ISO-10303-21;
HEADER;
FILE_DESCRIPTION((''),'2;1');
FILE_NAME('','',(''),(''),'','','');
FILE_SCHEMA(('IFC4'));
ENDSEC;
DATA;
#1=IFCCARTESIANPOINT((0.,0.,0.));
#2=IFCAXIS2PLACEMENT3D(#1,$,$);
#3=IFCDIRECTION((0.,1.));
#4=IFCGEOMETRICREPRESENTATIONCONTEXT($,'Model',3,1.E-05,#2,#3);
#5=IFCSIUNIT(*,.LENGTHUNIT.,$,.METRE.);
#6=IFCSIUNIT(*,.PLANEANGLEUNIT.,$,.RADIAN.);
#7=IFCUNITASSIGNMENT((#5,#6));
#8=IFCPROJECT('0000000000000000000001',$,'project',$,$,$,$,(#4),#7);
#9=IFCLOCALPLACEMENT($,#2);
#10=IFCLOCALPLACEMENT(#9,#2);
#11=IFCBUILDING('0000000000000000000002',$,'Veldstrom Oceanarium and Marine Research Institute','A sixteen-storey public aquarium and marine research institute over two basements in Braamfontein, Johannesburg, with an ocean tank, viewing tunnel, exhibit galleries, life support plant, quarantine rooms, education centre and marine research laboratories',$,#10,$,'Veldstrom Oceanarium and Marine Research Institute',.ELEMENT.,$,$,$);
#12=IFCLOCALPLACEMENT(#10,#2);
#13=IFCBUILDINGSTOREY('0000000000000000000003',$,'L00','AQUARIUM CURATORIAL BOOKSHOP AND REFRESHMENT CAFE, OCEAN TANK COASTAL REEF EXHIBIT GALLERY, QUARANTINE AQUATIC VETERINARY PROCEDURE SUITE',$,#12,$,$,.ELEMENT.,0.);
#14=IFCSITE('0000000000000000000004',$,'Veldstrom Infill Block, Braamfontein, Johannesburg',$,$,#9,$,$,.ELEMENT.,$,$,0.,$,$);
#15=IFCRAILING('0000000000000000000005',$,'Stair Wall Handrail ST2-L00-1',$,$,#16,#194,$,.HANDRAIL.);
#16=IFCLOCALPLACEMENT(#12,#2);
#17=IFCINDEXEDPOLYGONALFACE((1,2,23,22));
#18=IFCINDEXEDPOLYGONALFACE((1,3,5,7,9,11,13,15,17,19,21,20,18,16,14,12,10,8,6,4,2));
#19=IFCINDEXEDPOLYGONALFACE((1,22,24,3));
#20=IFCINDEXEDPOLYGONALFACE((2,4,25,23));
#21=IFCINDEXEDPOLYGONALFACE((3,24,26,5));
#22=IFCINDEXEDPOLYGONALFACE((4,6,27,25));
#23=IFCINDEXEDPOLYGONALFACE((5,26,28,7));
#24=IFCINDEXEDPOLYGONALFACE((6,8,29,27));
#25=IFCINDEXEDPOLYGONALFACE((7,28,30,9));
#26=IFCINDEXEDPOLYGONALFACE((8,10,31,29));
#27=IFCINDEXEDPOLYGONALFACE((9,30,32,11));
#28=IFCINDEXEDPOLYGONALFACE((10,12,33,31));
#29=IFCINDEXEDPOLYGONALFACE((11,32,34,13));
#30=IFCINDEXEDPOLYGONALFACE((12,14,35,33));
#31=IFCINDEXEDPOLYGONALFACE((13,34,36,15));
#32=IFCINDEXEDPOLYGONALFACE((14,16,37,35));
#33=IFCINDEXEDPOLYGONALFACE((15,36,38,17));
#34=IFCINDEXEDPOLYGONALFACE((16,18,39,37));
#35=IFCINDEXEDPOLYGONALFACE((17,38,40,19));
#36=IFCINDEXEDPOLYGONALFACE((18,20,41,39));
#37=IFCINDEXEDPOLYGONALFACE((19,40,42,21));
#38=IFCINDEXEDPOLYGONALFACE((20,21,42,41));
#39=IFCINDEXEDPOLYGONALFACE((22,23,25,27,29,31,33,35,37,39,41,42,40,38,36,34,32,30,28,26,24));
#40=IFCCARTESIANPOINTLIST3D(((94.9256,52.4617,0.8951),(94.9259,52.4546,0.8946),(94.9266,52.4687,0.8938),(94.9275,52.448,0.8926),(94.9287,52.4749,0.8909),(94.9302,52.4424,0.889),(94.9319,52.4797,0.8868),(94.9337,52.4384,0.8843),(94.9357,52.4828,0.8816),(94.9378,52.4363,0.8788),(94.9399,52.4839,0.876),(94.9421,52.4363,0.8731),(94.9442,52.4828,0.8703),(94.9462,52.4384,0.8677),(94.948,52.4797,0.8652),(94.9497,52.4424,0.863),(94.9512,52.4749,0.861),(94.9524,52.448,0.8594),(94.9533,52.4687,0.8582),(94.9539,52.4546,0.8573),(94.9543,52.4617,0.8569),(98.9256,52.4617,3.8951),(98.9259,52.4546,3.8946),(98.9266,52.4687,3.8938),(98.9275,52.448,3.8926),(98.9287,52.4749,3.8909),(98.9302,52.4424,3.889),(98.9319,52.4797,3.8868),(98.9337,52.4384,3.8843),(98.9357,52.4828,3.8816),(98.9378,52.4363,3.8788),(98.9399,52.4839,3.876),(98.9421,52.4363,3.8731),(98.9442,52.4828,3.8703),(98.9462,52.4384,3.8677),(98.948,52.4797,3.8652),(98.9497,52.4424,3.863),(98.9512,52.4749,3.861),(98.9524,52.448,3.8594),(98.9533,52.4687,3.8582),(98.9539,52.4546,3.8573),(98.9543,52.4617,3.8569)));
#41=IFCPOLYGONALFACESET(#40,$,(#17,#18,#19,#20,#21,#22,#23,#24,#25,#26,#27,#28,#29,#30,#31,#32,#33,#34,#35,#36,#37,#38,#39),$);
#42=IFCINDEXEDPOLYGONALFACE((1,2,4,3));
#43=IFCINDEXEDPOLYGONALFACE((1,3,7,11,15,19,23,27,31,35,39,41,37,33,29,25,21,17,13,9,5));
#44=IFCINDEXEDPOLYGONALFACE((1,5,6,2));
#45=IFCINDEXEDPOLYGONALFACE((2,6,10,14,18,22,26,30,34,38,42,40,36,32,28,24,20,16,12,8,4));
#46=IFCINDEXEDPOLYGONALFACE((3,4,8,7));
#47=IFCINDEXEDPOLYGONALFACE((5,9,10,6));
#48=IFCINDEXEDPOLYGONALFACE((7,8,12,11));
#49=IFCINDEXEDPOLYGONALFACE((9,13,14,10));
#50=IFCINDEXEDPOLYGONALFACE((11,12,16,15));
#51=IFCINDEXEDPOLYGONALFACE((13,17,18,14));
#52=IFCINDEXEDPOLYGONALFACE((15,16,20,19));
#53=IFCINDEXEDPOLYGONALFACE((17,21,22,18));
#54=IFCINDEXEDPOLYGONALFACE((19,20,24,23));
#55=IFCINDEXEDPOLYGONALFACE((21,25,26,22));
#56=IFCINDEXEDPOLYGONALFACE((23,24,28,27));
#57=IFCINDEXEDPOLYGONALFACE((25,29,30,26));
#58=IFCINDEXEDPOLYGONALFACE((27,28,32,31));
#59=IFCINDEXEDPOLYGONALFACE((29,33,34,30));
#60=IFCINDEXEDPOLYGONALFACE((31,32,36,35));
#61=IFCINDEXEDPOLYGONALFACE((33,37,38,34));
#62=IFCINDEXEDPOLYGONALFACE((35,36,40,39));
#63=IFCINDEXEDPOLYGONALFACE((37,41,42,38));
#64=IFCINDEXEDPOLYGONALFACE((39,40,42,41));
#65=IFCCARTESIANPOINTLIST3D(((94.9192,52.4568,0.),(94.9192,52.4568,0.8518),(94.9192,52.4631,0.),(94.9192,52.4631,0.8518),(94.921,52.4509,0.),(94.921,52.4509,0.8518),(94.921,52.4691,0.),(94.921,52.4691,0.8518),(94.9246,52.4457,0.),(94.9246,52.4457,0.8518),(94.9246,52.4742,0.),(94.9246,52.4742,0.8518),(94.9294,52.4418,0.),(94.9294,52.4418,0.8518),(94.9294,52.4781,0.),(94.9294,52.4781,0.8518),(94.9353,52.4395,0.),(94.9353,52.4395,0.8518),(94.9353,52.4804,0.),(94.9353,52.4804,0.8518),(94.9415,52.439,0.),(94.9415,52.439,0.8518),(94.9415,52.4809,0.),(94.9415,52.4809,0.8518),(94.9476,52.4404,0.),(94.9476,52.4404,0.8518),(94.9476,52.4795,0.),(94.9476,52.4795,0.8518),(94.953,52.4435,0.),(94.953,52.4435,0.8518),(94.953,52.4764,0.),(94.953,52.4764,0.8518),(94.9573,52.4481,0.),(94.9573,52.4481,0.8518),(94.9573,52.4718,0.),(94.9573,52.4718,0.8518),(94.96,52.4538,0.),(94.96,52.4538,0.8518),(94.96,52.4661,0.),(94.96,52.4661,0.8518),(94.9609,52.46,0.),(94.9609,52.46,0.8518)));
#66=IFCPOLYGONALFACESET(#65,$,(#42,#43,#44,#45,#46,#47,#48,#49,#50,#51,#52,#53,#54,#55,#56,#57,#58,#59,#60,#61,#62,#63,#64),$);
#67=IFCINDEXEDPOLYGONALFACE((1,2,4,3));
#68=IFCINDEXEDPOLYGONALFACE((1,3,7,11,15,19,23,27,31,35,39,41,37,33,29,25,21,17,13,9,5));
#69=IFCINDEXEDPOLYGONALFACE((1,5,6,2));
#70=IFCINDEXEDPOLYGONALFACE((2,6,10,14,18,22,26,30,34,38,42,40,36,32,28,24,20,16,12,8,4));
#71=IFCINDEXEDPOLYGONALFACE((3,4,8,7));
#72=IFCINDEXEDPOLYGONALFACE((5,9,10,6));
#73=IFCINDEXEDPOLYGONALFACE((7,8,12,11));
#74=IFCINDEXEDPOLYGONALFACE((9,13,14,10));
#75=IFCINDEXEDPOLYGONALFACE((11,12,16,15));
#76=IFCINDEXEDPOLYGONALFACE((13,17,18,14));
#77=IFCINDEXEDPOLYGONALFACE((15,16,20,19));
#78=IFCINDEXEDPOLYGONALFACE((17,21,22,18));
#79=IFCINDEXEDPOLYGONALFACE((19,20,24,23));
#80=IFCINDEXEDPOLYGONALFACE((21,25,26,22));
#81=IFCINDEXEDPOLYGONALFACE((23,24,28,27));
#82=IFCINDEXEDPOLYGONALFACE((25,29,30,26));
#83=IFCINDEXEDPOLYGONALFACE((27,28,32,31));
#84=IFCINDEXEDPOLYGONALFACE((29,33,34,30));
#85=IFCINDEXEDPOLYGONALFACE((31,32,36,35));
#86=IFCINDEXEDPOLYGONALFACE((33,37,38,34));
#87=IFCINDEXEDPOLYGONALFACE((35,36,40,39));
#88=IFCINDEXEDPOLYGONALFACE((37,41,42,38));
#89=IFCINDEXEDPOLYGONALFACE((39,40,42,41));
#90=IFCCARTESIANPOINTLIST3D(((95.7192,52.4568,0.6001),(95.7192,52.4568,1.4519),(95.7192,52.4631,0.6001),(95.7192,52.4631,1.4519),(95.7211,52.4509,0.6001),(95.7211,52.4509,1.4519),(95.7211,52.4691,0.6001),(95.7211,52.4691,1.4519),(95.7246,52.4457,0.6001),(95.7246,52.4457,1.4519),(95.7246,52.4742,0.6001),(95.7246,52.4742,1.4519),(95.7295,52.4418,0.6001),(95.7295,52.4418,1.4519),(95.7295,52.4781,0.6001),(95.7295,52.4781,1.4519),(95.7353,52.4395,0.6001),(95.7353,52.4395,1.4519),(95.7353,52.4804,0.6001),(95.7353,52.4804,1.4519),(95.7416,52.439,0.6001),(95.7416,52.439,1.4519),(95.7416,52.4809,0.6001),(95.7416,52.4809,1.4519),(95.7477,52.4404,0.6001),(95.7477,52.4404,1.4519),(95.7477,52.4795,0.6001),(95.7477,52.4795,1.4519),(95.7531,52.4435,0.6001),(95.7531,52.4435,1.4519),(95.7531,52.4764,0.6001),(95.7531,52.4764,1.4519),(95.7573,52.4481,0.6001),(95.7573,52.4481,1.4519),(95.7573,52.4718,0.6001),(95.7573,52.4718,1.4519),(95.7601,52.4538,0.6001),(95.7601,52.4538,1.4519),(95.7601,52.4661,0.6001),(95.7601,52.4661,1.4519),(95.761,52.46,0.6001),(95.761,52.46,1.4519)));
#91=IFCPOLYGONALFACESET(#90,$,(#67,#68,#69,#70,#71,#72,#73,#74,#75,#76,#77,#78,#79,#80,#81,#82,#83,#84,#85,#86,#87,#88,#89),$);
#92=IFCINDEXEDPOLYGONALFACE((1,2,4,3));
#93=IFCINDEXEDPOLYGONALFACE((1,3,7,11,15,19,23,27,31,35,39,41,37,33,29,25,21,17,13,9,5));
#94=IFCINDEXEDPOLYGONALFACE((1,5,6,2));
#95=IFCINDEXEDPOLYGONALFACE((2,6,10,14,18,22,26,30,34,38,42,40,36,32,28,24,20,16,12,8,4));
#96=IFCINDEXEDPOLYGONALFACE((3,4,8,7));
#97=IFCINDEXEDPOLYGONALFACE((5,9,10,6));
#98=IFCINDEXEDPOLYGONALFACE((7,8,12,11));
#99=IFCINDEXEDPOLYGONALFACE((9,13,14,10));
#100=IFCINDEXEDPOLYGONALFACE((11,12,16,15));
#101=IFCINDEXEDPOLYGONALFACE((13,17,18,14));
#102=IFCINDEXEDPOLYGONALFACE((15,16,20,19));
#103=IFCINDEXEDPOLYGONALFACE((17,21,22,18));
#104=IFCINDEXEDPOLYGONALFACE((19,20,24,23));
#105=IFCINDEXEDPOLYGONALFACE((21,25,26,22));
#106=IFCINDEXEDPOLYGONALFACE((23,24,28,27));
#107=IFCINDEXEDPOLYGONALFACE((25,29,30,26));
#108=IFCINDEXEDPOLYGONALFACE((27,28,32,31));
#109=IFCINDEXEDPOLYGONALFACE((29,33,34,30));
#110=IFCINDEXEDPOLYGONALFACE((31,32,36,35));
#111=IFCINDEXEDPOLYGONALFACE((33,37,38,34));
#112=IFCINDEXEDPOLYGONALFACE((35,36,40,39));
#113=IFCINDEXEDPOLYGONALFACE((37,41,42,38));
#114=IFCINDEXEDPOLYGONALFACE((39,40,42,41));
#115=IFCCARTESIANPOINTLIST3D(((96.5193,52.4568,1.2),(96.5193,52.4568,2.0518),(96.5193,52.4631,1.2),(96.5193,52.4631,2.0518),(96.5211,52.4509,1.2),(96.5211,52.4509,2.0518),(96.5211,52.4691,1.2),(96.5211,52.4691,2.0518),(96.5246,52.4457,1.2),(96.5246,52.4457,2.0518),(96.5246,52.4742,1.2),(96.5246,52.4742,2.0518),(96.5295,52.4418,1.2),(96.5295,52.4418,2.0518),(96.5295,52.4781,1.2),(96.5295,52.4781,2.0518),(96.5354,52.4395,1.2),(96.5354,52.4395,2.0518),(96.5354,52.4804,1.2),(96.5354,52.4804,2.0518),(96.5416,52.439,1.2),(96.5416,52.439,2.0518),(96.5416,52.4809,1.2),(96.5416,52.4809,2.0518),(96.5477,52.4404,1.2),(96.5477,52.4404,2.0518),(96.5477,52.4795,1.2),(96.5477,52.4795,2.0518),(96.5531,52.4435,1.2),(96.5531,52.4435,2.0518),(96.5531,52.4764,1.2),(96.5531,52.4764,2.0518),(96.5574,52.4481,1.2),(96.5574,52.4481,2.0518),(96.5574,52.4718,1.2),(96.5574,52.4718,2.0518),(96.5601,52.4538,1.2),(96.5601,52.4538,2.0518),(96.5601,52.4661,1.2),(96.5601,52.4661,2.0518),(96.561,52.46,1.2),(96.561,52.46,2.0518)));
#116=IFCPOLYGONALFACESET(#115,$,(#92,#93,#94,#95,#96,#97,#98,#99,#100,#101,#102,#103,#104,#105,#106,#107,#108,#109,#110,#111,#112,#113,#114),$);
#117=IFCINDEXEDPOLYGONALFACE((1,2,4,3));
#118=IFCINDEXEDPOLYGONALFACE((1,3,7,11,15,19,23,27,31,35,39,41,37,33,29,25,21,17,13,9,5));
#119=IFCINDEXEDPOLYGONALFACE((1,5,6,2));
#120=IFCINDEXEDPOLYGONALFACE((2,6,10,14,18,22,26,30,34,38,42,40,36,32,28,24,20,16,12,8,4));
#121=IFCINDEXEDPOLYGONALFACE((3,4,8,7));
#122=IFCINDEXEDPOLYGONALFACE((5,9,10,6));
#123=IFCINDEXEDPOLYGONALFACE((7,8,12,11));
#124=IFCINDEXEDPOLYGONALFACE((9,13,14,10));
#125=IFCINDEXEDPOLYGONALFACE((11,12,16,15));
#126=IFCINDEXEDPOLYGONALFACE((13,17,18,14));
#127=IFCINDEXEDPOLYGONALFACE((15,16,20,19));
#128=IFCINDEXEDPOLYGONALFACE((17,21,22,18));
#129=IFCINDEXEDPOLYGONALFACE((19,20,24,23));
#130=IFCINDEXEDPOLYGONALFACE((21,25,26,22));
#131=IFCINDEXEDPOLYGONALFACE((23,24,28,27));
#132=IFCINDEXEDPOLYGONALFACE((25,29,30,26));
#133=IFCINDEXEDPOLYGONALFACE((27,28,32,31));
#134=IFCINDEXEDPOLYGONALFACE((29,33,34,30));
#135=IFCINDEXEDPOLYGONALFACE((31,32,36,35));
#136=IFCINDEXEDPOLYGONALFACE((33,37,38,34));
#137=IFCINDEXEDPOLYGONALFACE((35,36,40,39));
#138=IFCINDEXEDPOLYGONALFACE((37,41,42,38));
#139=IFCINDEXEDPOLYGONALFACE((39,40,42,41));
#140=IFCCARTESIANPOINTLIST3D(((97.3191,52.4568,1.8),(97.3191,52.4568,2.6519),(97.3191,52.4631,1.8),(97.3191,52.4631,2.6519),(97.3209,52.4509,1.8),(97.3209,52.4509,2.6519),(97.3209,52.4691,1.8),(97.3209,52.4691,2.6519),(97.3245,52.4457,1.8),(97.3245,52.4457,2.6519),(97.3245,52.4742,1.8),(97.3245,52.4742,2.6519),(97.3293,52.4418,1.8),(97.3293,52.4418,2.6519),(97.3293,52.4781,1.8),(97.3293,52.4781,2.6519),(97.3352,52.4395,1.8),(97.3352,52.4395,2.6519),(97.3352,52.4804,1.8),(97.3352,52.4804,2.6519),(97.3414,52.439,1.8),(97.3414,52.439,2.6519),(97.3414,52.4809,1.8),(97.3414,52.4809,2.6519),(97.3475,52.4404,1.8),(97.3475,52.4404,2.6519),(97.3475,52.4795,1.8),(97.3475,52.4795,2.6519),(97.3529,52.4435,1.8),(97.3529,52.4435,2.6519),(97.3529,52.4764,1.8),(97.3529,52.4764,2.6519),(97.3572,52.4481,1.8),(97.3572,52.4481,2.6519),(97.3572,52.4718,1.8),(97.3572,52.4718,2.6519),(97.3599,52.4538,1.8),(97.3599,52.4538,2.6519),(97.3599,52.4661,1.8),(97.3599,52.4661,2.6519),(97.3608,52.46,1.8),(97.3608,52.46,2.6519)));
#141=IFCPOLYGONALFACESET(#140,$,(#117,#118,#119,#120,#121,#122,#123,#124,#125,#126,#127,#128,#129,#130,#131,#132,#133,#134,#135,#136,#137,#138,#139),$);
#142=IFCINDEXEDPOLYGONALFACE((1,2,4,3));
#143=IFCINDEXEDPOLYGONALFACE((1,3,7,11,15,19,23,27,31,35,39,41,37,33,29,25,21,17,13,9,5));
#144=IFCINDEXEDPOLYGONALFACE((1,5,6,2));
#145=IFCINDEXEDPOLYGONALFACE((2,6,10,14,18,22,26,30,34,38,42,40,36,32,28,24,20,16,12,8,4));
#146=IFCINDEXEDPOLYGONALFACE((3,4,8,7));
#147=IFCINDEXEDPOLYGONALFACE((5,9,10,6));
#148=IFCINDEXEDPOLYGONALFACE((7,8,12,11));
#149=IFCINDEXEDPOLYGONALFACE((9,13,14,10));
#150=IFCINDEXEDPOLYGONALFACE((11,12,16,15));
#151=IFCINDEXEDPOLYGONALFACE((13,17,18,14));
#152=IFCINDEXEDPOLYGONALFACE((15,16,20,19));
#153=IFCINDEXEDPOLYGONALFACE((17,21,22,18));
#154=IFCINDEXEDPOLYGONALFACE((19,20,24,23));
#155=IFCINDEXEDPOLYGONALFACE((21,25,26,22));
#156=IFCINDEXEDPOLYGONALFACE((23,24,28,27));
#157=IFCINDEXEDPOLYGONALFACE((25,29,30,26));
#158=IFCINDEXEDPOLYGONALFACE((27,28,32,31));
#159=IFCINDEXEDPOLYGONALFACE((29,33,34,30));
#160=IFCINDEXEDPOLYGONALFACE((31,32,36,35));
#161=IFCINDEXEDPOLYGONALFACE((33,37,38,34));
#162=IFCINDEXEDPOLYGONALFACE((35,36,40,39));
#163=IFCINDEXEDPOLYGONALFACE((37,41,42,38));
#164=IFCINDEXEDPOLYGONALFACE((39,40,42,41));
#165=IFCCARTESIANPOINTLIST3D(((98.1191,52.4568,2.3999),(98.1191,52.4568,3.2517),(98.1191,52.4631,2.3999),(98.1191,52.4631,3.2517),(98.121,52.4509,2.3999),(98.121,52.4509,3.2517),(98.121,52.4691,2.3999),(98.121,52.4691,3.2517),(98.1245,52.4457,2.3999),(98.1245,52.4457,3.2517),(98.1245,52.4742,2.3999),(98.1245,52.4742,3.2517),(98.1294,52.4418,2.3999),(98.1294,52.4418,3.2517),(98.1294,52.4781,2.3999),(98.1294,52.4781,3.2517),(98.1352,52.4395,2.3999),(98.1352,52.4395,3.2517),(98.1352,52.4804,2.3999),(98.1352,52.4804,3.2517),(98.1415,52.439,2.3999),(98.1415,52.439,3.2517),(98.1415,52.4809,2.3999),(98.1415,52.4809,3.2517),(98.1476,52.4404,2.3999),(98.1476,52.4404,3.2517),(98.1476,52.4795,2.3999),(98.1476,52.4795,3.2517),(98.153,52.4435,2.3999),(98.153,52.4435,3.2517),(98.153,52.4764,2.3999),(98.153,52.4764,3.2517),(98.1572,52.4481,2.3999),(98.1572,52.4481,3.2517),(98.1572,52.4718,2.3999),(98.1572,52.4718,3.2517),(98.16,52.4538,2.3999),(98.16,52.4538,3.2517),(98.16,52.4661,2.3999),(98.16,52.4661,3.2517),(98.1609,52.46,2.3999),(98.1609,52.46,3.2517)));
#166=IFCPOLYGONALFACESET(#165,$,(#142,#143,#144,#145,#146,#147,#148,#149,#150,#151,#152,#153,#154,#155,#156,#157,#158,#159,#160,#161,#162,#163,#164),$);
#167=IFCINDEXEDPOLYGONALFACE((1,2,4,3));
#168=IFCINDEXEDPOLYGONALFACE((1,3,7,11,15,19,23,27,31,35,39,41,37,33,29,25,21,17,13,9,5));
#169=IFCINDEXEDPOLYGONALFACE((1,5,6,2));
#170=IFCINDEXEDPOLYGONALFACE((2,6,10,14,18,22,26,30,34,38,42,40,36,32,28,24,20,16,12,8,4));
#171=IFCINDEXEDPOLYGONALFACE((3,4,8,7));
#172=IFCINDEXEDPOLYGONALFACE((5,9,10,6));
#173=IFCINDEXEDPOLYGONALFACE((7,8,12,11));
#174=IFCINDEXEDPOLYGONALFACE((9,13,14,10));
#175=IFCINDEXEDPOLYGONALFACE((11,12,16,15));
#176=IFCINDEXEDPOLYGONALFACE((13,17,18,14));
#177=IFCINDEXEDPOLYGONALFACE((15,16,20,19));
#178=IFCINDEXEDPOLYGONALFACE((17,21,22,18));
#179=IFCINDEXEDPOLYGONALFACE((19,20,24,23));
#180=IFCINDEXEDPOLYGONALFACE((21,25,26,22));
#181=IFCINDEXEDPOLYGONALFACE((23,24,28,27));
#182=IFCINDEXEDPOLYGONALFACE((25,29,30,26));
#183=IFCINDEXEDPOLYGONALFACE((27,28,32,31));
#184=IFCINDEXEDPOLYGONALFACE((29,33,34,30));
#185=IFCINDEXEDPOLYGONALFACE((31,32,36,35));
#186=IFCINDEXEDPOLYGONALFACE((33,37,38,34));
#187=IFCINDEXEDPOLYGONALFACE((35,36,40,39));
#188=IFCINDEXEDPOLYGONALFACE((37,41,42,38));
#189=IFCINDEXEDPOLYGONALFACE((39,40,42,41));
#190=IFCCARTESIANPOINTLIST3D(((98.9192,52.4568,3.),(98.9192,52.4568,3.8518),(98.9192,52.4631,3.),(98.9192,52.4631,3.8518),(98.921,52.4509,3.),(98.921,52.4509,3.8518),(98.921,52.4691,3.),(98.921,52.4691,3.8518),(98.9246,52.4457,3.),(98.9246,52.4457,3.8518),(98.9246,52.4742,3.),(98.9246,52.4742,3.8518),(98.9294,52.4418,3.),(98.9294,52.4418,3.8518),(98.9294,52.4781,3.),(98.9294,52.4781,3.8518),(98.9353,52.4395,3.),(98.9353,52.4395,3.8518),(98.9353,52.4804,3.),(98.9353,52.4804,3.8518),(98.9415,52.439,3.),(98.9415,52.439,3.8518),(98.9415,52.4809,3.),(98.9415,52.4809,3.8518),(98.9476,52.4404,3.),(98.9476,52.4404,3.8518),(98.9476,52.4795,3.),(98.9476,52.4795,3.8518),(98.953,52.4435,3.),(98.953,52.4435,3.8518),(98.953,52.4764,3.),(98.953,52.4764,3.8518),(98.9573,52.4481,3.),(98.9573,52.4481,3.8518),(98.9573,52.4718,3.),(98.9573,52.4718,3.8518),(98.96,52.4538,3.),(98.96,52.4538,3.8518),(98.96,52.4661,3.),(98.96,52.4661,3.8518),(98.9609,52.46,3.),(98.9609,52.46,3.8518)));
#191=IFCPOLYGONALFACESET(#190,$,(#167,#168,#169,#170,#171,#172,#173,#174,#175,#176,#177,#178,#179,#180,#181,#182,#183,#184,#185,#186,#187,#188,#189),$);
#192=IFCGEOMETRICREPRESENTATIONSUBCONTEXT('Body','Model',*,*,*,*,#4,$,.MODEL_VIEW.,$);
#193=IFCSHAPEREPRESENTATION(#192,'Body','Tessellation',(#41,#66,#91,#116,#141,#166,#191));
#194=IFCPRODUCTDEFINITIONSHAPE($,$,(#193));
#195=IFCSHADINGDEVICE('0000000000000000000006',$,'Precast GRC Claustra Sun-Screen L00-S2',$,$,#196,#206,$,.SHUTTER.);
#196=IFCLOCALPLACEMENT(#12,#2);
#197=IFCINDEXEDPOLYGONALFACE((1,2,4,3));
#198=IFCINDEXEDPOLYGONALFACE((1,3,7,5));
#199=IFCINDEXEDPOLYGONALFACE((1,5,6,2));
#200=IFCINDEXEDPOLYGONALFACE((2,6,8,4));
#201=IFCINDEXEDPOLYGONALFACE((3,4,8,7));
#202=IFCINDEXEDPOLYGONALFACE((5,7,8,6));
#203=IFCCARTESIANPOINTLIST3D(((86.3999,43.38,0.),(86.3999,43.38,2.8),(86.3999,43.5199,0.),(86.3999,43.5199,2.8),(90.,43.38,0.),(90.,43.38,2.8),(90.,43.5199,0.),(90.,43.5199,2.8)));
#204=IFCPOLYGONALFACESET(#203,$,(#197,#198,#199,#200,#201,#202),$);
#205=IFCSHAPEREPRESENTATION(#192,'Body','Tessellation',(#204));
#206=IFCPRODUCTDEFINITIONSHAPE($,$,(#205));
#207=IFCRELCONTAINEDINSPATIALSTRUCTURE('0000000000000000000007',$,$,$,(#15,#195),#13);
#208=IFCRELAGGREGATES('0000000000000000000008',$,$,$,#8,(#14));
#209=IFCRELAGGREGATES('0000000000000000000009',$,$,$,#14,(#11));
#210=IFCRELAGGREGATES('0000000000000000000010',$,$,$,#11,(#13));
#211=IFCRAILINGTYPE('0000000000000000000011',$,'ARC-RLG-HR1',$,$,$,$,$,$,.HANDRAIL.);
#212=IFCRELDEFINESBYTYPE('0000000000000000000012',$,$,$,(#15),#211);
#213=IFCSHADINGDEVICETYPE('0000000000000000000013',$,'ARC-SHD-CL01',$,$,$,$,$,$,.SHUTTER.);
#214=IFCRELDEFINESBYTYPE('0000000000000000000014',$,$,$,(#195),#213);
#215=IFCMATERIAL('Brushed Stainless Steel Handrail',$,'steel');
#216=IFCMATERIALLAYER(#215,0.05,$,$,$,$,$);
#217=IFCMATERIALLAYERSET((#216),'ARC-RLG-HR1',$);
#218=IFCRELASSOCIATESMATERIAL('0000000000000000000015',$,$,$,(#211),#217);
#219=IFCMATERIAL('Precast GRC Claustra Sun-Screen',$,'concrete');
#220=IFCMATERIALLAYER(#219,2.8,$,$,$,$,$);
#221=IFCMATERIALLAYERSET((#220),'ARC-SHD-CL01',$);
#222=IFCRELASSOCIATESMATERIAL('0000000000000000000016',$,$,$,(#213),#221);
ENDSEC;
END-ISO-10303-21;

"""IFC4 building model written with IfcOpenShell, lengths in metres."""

from ifc_helpers import new_model, si_unit, direction, frame, origin, origin_2d, place, context, subcontext, project, spatial, rectangle, circle, extrude, material, layer, layer_set, type_object, element, save


model = new_model("IFC4")

# Units and contexts
model_context = context("Model", 3, precision=1e-05, world=origin(), true_north=direction((0.0, 1.0)))
body_context = subcontext(model_context, "Body", "Model", "MODEL_VIEW")
ifc_project = project(units=[si_unit("LENGTHUNIT", "METRE"), si_unit("PLANEANGLEUNIT", "RADIAN")], contexts=[model_context])

# Site, building, storey
site_placement = place(None, origin())
site = spatial("IfcSite", under=ifc_project, at=site_placement, Name="Veldstrom Infill Block, Braamfontein, Johannesburg", CompositionType="ELEMENT", RefElevation=0.0)
building_placement = place(site_placement, origin())
building = spatial("IfcBuilding", under=site, at=building_placement, Name="Veldstrom Oceanarium and Marine Research Institute", Description="A sixteen-storey public aquarium and marine research institute over two basements in Braamfontein, Johannesburg, with an ocean tank, viewing tunnel, exhibit galleries, life support plant, quarantine rooms, education centre and marine research laboratories", LongName="Veldstrom Oceanarium and Marine Research Institute", CompositionType="ELEMENT")
storey_placement = place(building_placement, origin())
storey = spatial("IfcBuildingStorey", under=building, at=storey_placement, Name="L00", Description="AQUARIUM CURATORIAL BOOKSHOP AND REFRESHMENT CAFE, OCEAN TANK COASTAL REEF EXHIBIT GALLERY, QUARANTINE AQUATIC VETERINARY PROCEDURE SUITE", CompositionType="ELEMENT", Elevation=0.0)

# Railing
ifc_material_1 = material(Name="Brushed Stainless Steel Handrail", Category="steel")
ifc_layer_1 = layer(ifc_material_1, 0.05)
ifc_layer_set_1 = layer_set([ifc_layer_1], Name="ARC-RLG-HR1")
railing_type_1 = type_object("IfcRailingType", Name="ARC-RLG-HR1", PredefinedType="HANDRAIL", material=ifc_layer_set_1)
railing_1_placement = place(storey_placement, frame((94.9399, 52.46, 0.0)))
element("IfcRailing", 1, at=railing_1_placement, inside=storey, type_object=railing_type_1, Name="Stair Wall Handrail ST2-L00-1", PredefinedType="HANDRAIL", context=body_context, shape_type="SweptSolid", body=[
    extrude(circle(Radius=0.0239, at=origin_2d()), frame((0.0, 0.0, 0.876), z_axis=(0.8, 0.0, 0.6), x_axis=(0.0, 1.0, 0.0)), (0.0, 0.0, 1.0), 5.0),
    extrude(circle(Radius=0.021, at=origin_2d()), origin(), (0.0, 0.0, 1.0), 0.8518),
    extrude(circle(Radius=0.021, at=origin_2d()), frame((0.8, 0.0, 0.6001)), (0.0, 0.0, 1.0), 0.8518),
    extrude(circle(Radius=0.021, at=origin_2d()), frame((1.6001, 0.0, 1.2)), (0.0, 0.0, 1.0), 0.8518),
    extrude(circle(Radius=0.021, at=origin_2d()), frame((2.3999, 0.0, 1.8)), (0.0, 0.0, 1.0), 0.8518),
    extrude(circle(Radius=0.021, at=origin_2d()), frame((3.2, 0.0, 2.3999)), (0.0, 0.0, 1.0), 0.8518),
    extrude(circle(Radius=0.021, at=origin_2d()), frame((4.0, 0.0, 3.0)), (0.0, 0.0, 1.0), 0.8518),
])

# Shading device
ifc_material_2 = material(Name="Precast GRC Claustra Sun-Screen", Category="concrete")
ifc_layer_2 = layer(ifc_material_2, 2.8)
ifc_layer_set_2 = layer_set([ifc_layer_2], Name="ARC-SHD-CL01")
shading_device_type = type_object("IfcShadingDeviceType", Name="ARC-SHD-CL01", PredefinedType="SHUTTER", material=ifc_layer_set_2)
shading_device_placement = place(storey_placement, frame((88.2, 43.45, 0.0), z_axis=(0.0, 0.0, 1.0), x_axis=(1.0, 0.0, 0.0)))
element("IfcShadingDevice", 2, at=shading_device_placement, inside=storey, type_object=shading_device_type, Name="Precast GRC Claustra Sun-Screen L00-S2", PredefinedType="SHUTTER", context=body_context, shape_type="SweptSolid", body=[
    extrude(rectangle(XDim=3.6001, YDim=0.1399, at=origin_2d()), origin(), (0.0, 0.0, 1.0), 2.8),
])

save(model, "model.ifc")
